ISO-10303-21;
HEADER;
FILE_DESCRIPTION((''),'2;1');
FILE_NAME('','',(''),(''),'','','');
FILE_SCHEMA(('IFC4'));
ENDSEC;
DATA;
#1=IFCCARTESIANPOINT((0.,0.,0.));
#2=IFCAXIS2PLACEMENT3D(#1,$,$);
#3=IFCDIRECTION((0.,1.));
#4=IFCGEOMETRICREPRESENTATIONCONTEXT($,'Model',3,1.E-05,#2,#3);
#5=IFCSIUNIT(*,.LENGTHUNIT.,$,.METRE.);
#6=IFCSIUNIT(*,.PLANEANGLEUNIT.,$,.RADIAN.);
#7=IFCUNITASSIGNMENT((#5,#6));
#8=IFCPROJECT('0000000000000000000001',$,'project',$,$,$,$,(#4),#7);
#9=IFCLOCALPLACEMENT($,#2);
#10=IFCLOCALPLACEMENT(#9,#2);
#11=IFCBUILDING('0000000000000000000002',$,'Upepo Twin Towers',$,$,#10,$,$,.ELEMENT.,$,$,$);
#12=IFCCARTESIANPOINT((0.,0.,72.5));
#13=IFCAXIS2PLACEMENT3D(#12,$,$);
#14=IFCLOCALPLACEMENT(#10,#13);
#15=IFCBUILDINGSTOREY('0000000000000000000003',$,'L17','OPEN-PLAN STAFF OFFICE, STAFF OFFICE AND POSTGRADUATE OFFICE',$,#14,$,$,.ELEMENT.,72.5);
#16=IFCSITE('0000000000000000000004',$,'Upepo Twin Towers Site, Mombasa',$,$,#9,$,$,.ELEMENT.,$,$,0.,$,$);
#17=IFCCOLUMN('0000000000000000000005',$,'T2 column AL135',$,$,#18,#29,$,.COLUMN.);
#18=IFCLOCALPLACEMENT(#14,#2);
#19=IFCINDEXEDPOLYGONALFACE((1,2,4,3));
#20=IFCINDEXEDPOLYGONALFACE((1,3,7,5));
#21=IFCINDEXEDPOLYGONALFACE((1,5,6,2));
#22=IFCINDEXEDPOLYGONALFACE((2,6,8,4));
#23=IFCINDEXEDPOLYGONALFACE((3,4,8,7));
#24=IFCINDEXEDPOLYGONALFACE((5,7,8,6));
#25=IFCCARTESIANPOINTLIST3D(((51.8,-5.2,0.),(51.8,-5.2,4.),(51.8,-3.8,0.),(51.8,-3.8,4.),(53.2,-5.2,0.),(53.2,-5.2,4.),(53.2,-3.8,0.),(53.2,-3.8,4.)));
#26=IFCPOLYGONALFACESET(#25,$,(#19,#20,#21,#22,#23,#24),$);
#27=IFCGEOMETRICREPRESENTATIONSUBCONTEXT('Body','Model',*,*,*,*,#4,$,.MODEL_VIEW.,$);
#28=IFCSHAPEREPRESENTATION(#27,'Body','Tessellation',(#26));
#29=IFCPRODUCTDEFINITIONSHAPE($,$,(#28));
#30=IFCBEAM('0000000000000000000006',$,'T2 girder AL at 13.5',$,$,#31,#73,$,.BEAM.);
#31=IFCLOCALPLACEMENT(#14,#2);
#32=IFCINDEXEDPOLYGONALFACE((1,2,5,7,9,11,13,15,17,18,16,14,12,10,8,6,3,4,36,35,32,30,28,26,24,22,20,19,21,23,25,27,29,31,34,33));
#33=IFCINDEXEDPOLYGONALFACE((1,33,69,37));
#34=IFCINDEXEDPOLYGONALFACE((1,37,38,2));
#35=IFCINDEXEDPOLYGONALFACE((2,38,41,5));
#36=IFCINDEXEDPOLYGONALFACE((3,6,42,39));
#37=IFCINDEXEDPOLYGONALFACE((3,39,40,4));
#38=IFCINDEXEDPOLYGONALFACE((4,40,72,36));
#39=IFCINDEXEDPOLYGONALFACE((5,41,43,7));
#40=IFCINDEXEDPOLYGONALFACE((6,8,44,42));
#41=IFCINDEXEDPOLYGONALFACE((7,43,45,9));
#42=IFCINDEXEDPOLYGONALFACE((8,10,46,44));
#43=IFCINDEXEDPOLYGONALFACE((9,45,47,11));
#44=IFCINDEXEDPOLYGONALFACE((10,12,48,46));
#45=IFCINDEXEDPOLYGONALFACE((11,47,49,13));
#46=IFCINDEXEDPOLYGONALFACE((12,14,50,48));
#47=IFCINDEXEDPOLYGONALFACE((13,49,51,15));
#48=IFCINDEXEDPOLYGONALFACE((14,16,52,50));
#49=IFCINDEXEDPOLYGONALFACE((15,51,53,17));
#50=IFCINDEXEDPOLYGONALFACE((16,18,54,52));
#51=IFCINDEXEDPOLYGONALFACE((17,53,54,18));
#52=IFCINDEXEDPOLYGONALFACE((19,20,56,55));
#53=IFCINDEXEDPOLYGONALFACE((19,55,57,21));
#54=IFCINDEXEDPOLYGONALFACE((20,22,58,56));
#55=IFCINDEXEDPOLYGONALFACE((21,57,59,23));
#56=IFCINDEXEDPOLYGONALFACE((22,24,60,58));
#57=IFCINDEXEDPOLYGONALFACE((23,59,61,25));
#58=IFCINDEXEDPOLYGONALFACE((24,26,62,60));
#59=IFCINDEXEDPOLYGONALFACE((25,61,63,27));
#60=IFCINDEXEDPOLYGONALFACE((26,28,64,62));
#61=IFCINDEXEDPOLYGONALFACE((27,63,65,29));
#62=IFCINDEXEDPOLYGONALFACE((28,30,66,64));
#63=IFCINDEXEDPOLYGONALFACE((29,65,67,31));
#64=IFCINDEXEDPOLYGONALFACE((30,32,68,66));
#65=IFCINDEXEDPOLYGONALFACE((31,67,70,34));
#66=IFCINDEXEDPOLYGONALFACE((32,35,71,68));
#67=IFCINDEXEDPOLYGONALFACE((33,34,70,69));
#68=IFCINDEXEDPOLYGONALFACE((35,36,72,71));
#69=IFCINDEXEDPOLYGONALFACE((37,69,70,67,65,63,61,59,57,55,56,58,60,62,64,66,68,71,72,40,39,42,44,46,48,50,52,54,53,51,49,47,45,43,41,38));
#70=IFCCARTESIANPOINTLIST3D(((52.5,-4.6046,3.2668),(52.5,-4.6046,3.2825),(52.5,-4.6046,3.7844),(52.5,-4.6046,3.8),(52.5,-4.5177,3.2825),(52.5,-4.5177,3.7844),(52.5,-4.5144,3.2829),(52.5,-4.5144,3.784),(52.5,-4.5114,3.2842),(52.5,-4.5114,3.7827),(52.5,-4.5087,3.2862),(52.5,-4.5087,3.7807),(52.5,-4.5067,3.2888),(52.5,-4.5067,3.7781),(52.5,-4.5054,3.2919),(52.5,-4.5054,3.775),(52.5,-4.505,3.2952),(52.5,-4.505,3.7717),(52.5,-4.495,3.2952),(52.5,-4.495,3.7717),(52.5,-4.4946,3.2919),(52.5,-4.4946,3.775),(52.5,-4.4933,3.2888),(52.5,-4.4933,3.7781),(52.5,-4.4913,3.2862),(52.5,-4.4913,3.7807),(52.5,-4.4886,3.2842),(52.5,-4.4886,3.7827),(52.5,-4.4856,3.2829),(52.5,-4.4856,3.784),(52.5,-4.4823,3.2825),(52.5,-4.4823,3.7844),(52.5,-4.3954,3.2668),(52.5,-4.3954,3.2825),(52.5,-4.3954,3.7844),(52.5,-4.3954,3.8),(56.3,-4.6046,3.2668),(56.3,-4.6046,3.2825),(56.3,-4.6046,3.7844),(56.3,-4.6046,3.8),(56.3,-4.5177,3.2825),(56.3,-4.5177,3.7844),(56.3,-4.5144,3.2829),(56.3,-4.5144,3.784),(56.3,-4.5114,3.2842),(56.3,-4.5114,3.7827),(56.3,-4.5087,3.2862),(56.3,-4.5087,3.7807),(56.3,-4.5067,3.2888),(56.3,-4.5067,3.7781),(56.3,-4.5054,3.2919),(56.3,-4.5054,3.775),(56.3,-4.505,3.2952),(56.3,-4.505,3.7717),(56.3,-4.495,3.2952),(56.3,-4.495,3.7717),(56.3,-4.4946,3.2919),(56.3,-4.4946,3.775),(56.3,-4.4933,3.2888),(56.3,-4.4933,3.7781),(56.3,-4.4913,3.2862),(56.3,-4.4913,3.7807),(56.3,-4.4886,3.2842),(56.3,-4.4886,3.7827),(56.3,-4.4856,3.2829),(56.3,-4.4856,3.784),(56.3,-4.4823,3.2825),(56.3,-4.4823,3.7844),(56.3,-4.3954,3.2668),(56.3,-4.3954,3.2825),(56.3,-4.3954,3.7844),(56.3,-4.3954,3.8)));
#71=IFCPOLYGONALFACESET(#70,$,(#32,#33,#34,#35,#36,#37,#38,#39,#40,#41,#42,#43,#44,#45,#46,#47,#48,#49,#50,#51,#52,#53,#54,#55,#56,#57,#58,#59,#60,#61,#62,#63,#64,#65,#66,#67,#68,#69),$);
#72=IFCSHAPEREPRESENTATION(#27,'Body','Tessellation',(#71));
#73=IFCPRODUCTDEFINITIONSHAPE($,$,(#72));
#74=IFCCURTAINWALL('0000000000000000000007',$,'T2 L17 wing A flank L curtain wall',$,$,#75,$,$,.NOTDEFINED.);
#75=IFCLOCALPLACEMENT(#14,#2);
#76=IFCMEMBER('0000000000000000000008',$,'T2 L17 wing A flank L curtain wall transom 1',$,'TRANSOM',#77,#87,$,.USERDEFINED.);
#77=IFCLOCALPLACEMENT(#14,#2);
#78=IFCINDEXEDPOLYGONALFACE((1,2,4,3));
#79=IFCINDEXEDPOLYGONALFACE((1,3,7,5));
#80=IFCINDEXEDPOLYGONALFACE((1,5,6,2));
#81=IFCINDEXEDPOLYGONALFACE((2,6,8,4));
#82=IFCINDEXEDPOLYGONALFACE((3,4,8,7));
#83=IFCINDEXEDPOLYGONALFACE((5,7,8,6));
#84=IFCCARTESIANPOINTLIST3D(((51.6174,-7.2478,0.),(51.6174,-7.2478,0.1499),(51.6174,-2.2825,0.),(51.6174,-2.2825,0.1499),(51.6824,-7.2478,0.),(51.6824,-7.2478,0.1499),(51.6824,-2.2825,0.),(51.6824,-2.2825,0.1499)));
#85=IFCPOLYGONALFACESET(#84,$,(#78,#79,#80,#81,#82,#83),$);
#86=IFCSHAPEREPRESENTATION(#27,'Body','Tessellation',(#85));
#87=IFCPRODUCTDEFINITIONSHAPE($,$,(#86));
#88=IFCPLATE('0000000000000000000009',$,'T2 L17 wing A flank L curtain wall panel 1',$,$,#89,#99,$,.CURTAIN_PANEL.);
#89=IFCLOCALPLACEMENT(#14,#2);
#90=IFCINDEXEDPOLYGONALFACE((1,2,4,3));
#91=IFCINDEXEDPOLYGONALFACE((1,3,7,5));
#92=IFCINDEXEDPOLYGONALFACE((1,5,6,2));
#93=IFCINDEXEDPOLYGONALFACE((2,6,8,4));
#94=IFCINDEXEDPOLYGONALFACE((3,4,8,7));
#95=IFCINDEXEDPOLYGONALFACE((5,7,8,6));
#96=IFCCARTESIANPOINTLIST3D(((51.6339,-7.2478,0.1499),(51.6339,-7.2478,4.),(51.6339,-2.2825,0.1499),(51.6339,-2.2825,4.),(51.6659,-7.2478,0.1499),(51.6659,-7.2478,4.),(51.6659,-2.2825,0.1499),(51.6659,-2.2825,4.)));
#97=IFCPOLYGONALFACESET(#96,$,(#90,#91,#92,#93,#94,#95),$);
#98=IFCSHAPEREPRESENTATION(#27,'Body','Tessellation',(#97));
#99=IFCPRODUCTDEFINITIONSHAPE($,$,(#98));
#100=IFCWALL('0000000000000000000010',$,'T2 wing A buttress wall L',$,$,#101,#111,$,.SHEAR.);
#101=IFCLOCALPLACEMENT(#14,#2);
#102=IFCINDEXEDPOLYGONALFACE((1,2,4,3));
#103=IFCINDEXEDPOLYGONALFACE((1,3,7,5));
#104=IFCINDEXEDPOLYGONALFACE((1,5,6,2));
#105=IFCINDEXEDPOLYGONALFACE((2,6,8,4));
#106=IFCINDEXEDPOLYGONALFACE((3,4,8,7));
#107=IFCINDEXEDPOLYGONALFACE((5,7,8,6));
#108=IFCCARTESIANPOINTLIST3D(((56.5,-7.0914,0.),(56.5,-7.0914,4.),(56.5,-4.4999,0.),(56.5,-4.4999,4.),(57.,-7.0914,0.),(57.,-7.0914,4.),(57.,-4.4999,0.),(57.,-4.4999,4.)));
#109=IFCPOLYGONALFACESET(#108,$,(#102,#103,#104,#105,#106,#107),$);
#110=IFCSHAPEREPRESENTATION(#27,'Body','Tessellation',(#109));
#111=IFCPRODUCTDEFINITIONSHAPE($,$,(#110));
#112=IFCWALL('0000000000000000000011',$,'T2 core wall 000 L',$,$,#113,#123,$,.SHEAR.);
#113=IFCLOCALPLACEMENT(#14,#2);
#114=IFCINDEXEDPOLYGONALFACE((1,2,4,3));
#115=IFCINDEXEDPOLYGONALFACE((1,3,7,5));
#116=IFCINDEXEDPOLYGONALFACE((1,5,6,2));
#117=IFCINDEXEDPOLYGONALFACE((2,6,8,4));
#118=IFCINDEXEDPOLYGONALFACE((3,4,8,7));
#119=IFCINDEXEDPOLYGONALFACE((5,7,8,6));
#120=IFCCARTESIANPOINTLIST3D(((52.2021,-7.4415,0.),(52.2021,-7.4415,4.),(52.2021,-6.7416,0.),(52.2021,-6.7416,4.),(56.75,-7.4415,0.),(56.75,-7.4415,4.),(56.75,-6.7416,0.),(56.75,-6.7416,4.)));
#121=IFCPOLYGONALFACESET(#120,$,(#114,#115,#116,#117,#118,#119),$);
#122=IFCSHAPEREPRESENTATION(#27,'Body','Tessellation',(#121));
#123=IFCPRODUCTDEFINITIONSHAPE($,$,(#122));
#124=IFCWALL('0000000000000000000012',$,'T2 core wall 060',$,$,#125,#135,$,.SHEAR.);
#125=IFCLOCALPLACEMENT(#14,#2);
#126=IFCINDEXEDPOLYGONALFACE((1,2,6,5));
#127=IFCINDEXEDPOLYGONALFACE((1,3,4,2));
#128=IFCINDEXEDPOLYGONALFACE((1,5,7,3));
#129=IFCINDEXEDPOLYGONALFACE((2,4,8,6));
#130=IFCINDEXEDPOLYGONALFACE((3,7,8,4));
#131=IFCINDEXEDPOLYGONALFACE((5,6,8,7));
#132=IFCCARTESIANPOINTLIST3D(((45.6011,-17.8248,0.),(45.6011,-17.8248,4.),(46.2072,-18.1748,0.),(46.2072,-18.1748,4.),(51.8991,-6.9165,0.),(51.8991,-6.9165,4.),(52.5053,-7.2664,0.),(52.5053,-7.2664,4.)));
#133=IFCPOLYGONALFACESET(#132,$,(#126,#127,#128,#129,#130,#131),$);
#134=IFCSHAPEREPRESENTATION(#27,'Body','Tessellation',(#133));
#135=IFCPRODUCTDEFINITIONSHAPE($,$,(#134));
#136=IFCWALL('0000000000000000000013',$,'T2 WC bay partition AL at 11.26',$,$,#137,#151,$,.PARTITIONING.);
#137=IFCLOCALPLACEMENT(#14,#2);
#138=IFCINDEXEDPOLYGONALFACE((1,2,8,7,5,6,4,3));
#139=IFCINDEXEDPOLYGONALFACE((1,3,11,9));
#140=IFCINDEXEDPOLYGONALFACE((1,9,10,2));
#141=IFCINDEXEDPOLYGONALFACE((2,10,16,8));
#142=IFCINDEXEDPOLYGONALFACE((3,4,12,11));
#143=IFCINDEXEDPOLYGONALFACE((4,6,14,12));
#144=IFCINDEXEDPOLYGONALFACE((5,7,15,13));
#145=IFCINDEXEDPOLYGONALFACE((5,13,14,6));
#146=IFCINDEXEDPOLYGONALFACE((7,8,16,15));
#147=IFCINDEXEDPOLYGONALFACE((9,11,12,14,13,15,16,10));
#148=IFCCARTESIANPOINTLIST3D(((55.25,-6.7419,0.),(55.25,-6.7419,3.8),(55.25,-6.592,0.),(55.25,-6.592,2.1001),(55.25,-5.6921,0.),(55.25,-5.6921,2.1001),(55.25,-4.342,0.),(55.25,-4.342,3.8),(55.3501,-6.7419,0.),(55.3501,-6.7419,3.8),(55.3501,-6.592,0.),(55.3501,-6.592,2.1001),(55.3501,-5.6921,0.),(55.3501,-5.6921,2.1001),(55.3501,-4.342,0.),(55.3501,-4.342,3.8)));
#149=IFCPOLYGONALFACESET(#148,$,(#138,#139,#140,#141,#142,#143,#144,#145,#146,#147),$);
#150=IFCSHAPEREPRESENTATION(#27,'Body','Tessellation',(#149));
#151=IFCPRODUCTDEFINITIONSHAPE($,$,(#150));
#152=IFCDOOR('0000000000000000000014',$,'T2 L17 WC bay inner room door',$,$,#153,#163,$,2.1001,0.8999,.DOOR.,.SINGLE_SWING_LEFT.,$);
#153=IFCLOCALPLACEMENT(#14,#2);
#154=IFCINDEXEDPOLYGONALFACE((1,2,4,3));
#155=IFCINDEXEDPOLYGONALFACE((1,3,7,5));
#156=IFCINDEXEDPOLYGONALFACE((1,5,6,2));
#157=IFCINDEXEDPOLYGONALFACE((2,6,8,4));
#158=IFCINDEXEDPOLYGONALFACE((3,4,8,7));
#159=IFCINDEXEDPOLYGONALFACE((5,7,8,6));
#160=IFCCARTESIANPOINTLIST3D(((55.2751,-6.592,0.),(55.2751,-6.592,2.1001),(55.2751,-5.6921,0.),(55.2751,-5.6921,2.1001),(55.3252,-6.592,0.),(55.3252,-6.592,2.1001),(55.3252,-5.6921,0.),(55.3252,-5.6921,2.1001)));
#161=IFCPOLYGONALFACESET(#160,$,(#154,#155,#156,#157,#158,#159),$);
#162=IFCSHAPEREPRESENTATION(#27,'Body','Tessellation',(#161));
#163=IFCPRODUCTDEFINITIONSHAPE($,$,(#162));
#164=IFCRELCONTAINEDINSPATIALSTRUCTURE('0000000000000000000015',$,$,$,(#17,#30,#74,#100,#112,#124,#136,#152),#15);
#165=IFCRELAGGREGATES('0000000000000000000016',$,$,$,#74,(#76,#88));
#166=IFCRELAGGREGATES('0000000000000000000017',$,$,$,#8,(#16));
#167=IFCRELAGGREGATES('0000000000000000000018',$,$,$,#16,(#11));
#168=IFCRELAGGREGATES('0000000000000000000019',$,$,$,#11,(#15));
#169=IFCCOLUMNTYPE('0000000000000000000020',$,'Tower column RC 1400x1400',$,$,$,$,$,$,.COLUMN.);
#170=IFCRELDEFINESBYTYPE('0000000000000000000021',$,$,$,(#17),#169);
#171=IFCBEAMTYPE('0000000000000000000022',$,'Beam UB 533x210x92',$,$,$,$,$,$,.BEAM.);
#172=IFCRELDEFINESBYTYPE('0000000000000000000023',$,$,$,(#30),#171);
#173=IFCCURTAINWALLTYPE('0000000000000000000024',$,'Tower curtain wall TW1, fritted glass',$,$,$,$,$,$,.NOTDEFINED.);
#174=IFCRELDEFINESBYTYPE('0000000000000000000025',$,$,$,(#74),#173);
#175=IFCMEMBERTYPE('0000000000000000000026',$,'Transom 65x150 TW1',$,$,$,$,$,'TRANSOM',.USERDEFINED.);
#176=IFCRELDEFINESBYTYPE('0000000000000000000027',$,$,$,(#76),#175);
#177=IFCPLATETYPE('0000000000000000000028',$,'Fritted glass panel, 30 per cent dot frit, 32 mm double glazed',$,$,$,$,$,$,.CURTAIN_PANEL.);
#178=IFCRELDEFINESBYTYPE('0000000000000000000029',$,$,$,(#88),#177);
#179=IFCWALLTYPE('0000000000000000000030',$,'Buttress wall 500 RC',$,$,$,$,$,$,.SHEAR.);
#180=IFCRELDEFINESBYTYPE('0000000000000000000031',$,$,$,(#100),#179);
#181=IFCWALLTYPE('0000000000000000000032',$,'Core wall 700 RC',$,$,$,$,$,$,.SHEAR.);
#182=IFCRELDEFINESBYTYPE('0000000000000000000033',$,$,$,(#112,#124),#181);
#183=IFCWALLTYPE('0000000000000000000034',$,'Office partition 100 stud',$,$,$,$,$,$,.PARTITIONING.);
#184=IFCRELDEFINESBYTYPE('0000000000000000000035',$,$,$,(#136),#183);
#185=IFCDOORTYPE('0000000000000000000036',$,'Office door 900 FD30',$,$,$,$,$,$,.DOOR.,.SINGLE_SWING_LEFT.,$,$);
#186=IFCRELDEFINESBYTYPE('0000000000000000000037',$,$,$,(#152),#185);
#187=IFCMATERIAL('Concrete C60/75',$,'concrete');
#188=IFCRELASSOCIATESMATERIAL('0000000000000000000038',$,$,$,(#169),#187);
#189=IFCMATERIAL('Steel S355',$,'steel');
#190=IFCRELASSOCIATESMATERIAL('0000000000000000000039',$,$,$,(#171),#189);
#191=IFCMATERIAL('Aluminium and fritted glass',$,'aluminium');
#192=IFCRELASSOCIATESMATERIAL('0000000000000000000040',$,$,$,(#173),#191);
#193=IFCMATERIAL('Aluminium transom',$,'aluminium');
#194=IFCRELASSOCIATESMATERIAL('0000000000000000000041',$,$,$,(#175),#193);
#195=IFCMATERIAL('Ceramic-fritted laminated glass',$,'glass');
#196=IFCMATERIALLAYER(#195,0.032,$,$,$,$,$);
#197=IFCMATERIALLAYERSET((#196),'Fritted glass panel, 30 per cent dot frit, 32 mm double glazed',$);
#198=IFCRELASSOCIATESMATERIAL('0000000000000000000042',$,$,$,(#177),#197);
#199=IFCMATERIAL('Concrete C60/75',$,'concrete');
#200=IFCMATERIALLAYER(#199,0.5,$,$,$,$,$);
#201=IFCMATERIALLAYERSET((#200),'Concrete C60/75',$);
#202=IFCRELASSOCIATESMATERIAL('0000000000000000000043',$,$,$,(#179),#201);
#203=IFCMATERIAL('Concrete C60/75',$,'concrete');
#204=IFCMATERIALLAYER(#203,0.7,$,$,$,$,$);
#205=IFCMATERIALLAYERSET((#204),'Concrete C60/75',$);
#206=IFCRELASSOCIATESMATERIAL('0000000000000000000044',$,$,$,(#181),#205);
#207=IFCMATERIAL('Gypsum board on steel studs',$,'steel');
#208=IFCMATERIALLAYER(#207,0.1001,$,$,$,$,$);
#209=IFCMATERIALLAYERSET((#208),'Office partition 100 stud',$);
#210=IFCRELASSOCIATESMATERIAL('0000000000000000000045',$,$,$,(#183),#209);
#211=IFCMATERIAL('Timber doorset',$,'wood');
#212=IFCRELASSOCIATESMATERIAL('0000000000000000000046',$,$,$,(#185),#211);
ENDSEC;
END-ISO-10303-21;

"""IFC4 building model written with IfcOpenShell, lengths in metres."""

from ifc_helpers import new_model, si_unit, direction, frame, frame_2d, origin, origin_2d, place, context, subcontext, project, spatial, rectangle, i_section, extrude, material, layer, layer_set, material_profile, profile_set, type_object, element, fill, aggregate, save


model = new_model("IFC4")

# Units and contexts
model_context = context("Model", 3, precision=1e-05, world=origin(), true_north=direction((0.0, 1.0)))
body_context = subcontext(model_context, "Body", "Model", "MODEL_VIEW")
ifc_project = project(units=[si_unit("LENGTHUNIT", "METRE"), si_unit("PLANEANGLEUNIT", "RADIAN")], contexts=[model_context])

# Site, building, storey
site_placement = place(None, origin())
site = spatial("IfcSite", under=ifc_project, at=site_placement, Name="Upepo Twin Towers Site, Mombasa", CompositionType="ELEMENT", RefElevation=0.0)
building_placement = place(site_placement, origin())
building = spatial("IfcBuilding", under=site, at=building_placement, Name="Upepo Twin Towers", CompositionType="ELEMENT")
storey_placement = place(building_placement, frame((0.0, 0.0, 72.5)))
storey = spatial("IfcBuildingStorey", under=building, at=storey_placement, Name="L17", Description="OPEN-PLAN STAFF OFFICE, STAFF OFFICE AND POSTGRADUATE OFFICE", CompositionType="ELEMENT", Elevation=72.5)

# Column
ifc_material_1 = material(Name="Concrete C60/75", Category="concrete")
ifc_material_profile_1 = material_profile(ifc_material_1, rectangle(XDim=1.3999, YDim=1.3999, at=origin_2d()), Name="RC 1400x1400")
ifc_profile_set_1 = profile_set([ifc_material_profile_1], Name="Concrete C60/75")
column_type = type_object("IfcColumnType", Name="Tower column RC 1400x1400", PredefinedType="COLUMN", material=ifc_profile_set_1)
column_placement = place(storey_placement, frame((52.5, -4.5, 0.0), z_axis=(0.0, 0.0, 1.0), x_axis=(1.0, 0.0, 0.0)))
element("IfcColumn", 1, at=column_placement, inside=storey, type_object=column_type, Name="T2 column AL135", PredefinedType="COLUMN", context=body_context, shape_type="SweptSolid", body=[
    extrude(rectangle(XDim=1.3999, YDim=1.3999, at=origin_2d()), origin(), (0.0, 0.0, 1.0), 4.0),
])

# Beam
ifc_material_2 = material(Name="Steel S355", Category="steel")
ifc_material_profile_2 = material_profile(ifc_material_2, i_section(OverallWidth=0.2092, OverallDepth=0.5332, WebThickness=0.01, FlangeThickness=0.0156, FilletRadius=0.0127, at=origin_2d()), Name="UB 533x210x92")
ifc_profile_set_2 = profile_set([ifc_material_profile_2], Name="Steel S355")
beam_type = type_object("IfcBeamType", Name="Beam UB 533x210x92", PredefinedType="BEAM", material=ifc_profile_set_2)
beam_placement = place(storey_placement, frame((52.5, -4.5, 3.5334), z_axis=(1.0, 0.0, 0.0), x_axis=(0.0, 1.0, 0.0)))
element("IfcBeam", 2, at=beam_placement, inside=storey, type_object=beam_type, Name="T2 girder AL at 13.5", PredefinedType="BEAM", context=body_context, shape_type="SweptSolid", body=[
    extrude(i_section(OverallWidth=0.2092, OverallDepth=0.5332, WebThickness=0.01, FlangeThickness=0.0156, FilletRadius=0.0127, at=origin_2d()), origin(), (0.0, 0.0, 1.0), 3.8),
])

# Curtain wall, member, plate
ifc_material_3 = material(Name="Aluminium and fritted glass", Category="aluminium")
curtain_wall_type = type_object("IfcCurtainWallType", Name="Tower curtain wall TW1, fritted glass", PredefinedType="NOTDEFINED", material=ifc_material_3)
curtain_wall_placement = place(storey_placement, origin())
curtain_wall = element("IfcCurtainWall", 3, at=curtain_wall_placement, inside=storey, type_object=curtain_wall_type, Name="T2 L17 wing A flank L curtain wall", PredefinedType="NOTDEFINED")
ifc_material_4 = material(Name="Aluminium transom", Category="aluminium")
ifc_material_profile_3 = material_profile(ifc_material_4, rectangle(XDim=0.0649, YDim=0.1499, at=origin_2d()), Name="TRANSOM 65x150")
ifc_profile_set_3 = profile_set([ifc_material_profile_3], Name="Aluminium transom")
member_type = type_object("IfcMemberType", Name="Transom 65x150 TW1", ElementType="TRANSOM", PredefinedType="USERDEFINED", material=ifc_profile_set_3)
member_placement = place(storey_placement, frame((51.6499, -7.2478, 0.075), z_axis=(0.0, 1.0, 0.0), x_axis=(-1.0, 0.0, 0.0)))
member = element("IfcMember", 4, at=member_placement, type_object=member_type, Name="T2 L17 wing A flank L curtain wall transom 1", ObjectType="TRANSOM", PredefinedType="USERDEFINED", context=body_context, shape_type="SweptSolid", body=[
    extrude(rectangle(XDim=0.0649, YDim=0.1499, at=origin_2d()), origin(), (0.0, 0.0, 1.0), 4.9653),
])
ifc_material_5 = material(Name="Ceramic-fritted laminated glass", Category="glass")
ifc_layer_1 = layer(ifc_material_5, 0.032)
ifc_layer_set_1 = layer_set([ifc_layer_1], Name="Fritted glass panel, 30 per cent dot frit, 32 mm double glazed")
plate_type = type_object("IfcPlateType", Name="Fritted glass panel, 30 per cent dot frit, 32 mm double glazed", PredefinedType="CURTAIN_PANEL", material=ifc_layer_set_1)
plate_placement = place(storey_placement, frame((51.6499, -4.7651, 0.1499), z_axis=(0.0, 0.0, 1.0), x_axis=(0.0, 1.0, 0.0)))
plate = element("IfcPlate", 5, at=plate_placement, type_object=plate_type, Name="T2 L17 wing A flank L curtain wall panel 1", PredefinedType="CURTAIN_PANEL", context=body_context, shape_type="SweptSolid", body=[
    extrude(rectangle(XDim=4.9653, YDim=0.032, at=origin_2d()), origin(), (0.0, 0.0, 1.0), 3.8501),
])
aggregate(curtain_wall, [member, plate])

# Walls
ifc_material_6 = material(Name="Concrete C60/75", Category="concrete")
ifc_layer_2 = layer(ifc_material_6, 0.5)
ifc_layer_set_2 = layer_set([ifc_layer_2], Name="Concrete C60/75")
wall_type_1 = type_object("IfcWallType", Name="Buttress wall 500 RC", PredefinedType="SHEAR", material=ifc_layer_set_2)
wall_1_placement = place(storey_placement, frame((56.75, -7.0916, 0.0), z_axis=(0.0, 0.0, 1.0), x_axis=(0.0, 1.0, 0.0)))
element("IfcWall", 6, at=wall_1_placement, inside=storey, type_object=wall_type_1, Name="T2 wing A buttress wall L", PredefinedType="SHEAR", context=body_context, shape_type="SweptSolid", body=[
    extrude(rectangle(XDim=2.5916, YDim=0.5, at=frame_2d((1.2959, 0.0))), origin(), (0.0, 0.0, 1.0), 4.0),
])
ifc_material_7 = material(Name="Concrete C60/75", Category="concrete")
ifc_layer_3 = layer(ifc_material_7, 0.7)
ifc_layer_set_3 = layer_set([ifc_layer_3], Name="Concrete C60/75")
wall_type_2 = type_object("IfcWallType", Name="Core wall 700 RC", PredefinedType="SHEAR", material=ifc_layer_set_3)
wall_2_placement = place(storey_placement, frame((56.75, -7.0916, 0.0), z_axis=(0.0, 0.0, 1.0), x_axis=(-1.0, 0.0, 0.0)))
element("IfcWall", 7, at=wall_2_placement, inside=storey, type_object=wall_type_2, Name="T2 core wall 000 L", PredefinedType="SHEAR", context=body_context, shape_type="SweptSolid", body=[
    extrude(rectangle(XDim=4.5479, YDim=0.7, at=frame_2d((2.2739, 0.0))), origin(), (0.0, 0.0, 1.0), 4.0),
])
wall_3_placement = place(storey_placement, frame((52.2021, -7.0916, 0.0), z_axis=(0.0, 0.0, 1.0), x_axis=(-0.500006, -0.866022, 0.0)))
element("IfcWall", 8, at=wall_3_placement, inside=storey, type_object=wall_type_2, Name="T2 core wall 060", PredefinedType="SHEAR", context=body_context, shape_type="SweptSolid", body=[
    extrude(rectangle(XDim=12.5959, YDim=0.7, at=frame_2d((6.2979, 0.0))), origin(), (0.0, 0.0, 1.0), 4.0),
])

# Wall, opening, door
ifc_material_8 = material(Name="Gypsum board on steel studs", Category="steel")
ifc_layer_4 = layer(ifc_material_8, 0.1001)
ifc_layer_set_4 = layer_set([ifc_layer_4], Name="Office partition 100 stud")
wall_type_3 = type_object("IfcWallType", Name="Office partition 100 stud", PredefinedType="PARTITIONING", material=ifc_layer_set_4)
wall_4_placement = place(storey_placement, frame((55.3, -6.7419, 0.0), z_axis=(0.0, 0.0, 1.0), x_axis=(0.0, 1.0, 0.0)))
wall_4 = element("IfcWall", 9, at=wall_4_placement, inside=storey, type_object=wall_type_3, Name="T2 WC bay partition AL at 11.26", PredefinedType="PARTITIONING", context=body_context, shape_type="SweptSolid", body=[
    extrude(rectangle(XDim=2.3999, YDim=0.1001, at=frame_2d((1.2, 0.0))), origin(), (0.0, 0.0, 1.0), 3.8),
])
opening_1_placement = place(wall_4_placement, frame((0.1499, 0.0, 0.0)))
opening_1 = element("IfcOpeningElement", 10, at=opening_1_placement, cuts=wall_4, PredefinedType="OPENING", context=body_context, shape_type="SweptSolid", body=[
    extrude(rectangle(XDim=0.8999, YDim=2.1001, at=frame_2d((0.45, 1.05))), frame((0.0, 0.0601, 0.0), z_axis=(0.0, -1.0, 0.0), x_axis=(1.0, 0.0, 0.0)), (0.0, 0.0, 1.0), 0.1201),
])
ifc_material_9 = material(Name="Timber doorset", Category="wood")
door_type_1 = type_object("IfcDoorType", Name="Office door 900 FD30", OperationType="SINGLE_SWING_LEFT", PredefinedType="DOOR", material=ifc_material_9)
door_1_placement = place(opening_1_placement, origin())
door_1 = element("IfcDoor", 11, at=door_1_placement, inside=storey, type_object=door_type_1, Name="T2 L17 WC bay inner room door", OperationType="SINGLE_SWING_LEFT", OverallHeight=2.1001, OverallWidth=0.8999, PredefinedType="DOOR", context=body_context, shape_type="SweptSolid", body=[
    extrude(rectangle(XDim=0.8999, YDim=2.1001, at=frame_2d((0.45, 1.05))), frame((0.0, 0.0249, 0.0), z_axis=(0.0, -1.0, 0.0), x_axis=(1.0, 0.0, 0.0)), (0.0, 0.0, 1.0), 0.05),
])
fill(opening_1, door_1)

save(model, "model.ifc")
